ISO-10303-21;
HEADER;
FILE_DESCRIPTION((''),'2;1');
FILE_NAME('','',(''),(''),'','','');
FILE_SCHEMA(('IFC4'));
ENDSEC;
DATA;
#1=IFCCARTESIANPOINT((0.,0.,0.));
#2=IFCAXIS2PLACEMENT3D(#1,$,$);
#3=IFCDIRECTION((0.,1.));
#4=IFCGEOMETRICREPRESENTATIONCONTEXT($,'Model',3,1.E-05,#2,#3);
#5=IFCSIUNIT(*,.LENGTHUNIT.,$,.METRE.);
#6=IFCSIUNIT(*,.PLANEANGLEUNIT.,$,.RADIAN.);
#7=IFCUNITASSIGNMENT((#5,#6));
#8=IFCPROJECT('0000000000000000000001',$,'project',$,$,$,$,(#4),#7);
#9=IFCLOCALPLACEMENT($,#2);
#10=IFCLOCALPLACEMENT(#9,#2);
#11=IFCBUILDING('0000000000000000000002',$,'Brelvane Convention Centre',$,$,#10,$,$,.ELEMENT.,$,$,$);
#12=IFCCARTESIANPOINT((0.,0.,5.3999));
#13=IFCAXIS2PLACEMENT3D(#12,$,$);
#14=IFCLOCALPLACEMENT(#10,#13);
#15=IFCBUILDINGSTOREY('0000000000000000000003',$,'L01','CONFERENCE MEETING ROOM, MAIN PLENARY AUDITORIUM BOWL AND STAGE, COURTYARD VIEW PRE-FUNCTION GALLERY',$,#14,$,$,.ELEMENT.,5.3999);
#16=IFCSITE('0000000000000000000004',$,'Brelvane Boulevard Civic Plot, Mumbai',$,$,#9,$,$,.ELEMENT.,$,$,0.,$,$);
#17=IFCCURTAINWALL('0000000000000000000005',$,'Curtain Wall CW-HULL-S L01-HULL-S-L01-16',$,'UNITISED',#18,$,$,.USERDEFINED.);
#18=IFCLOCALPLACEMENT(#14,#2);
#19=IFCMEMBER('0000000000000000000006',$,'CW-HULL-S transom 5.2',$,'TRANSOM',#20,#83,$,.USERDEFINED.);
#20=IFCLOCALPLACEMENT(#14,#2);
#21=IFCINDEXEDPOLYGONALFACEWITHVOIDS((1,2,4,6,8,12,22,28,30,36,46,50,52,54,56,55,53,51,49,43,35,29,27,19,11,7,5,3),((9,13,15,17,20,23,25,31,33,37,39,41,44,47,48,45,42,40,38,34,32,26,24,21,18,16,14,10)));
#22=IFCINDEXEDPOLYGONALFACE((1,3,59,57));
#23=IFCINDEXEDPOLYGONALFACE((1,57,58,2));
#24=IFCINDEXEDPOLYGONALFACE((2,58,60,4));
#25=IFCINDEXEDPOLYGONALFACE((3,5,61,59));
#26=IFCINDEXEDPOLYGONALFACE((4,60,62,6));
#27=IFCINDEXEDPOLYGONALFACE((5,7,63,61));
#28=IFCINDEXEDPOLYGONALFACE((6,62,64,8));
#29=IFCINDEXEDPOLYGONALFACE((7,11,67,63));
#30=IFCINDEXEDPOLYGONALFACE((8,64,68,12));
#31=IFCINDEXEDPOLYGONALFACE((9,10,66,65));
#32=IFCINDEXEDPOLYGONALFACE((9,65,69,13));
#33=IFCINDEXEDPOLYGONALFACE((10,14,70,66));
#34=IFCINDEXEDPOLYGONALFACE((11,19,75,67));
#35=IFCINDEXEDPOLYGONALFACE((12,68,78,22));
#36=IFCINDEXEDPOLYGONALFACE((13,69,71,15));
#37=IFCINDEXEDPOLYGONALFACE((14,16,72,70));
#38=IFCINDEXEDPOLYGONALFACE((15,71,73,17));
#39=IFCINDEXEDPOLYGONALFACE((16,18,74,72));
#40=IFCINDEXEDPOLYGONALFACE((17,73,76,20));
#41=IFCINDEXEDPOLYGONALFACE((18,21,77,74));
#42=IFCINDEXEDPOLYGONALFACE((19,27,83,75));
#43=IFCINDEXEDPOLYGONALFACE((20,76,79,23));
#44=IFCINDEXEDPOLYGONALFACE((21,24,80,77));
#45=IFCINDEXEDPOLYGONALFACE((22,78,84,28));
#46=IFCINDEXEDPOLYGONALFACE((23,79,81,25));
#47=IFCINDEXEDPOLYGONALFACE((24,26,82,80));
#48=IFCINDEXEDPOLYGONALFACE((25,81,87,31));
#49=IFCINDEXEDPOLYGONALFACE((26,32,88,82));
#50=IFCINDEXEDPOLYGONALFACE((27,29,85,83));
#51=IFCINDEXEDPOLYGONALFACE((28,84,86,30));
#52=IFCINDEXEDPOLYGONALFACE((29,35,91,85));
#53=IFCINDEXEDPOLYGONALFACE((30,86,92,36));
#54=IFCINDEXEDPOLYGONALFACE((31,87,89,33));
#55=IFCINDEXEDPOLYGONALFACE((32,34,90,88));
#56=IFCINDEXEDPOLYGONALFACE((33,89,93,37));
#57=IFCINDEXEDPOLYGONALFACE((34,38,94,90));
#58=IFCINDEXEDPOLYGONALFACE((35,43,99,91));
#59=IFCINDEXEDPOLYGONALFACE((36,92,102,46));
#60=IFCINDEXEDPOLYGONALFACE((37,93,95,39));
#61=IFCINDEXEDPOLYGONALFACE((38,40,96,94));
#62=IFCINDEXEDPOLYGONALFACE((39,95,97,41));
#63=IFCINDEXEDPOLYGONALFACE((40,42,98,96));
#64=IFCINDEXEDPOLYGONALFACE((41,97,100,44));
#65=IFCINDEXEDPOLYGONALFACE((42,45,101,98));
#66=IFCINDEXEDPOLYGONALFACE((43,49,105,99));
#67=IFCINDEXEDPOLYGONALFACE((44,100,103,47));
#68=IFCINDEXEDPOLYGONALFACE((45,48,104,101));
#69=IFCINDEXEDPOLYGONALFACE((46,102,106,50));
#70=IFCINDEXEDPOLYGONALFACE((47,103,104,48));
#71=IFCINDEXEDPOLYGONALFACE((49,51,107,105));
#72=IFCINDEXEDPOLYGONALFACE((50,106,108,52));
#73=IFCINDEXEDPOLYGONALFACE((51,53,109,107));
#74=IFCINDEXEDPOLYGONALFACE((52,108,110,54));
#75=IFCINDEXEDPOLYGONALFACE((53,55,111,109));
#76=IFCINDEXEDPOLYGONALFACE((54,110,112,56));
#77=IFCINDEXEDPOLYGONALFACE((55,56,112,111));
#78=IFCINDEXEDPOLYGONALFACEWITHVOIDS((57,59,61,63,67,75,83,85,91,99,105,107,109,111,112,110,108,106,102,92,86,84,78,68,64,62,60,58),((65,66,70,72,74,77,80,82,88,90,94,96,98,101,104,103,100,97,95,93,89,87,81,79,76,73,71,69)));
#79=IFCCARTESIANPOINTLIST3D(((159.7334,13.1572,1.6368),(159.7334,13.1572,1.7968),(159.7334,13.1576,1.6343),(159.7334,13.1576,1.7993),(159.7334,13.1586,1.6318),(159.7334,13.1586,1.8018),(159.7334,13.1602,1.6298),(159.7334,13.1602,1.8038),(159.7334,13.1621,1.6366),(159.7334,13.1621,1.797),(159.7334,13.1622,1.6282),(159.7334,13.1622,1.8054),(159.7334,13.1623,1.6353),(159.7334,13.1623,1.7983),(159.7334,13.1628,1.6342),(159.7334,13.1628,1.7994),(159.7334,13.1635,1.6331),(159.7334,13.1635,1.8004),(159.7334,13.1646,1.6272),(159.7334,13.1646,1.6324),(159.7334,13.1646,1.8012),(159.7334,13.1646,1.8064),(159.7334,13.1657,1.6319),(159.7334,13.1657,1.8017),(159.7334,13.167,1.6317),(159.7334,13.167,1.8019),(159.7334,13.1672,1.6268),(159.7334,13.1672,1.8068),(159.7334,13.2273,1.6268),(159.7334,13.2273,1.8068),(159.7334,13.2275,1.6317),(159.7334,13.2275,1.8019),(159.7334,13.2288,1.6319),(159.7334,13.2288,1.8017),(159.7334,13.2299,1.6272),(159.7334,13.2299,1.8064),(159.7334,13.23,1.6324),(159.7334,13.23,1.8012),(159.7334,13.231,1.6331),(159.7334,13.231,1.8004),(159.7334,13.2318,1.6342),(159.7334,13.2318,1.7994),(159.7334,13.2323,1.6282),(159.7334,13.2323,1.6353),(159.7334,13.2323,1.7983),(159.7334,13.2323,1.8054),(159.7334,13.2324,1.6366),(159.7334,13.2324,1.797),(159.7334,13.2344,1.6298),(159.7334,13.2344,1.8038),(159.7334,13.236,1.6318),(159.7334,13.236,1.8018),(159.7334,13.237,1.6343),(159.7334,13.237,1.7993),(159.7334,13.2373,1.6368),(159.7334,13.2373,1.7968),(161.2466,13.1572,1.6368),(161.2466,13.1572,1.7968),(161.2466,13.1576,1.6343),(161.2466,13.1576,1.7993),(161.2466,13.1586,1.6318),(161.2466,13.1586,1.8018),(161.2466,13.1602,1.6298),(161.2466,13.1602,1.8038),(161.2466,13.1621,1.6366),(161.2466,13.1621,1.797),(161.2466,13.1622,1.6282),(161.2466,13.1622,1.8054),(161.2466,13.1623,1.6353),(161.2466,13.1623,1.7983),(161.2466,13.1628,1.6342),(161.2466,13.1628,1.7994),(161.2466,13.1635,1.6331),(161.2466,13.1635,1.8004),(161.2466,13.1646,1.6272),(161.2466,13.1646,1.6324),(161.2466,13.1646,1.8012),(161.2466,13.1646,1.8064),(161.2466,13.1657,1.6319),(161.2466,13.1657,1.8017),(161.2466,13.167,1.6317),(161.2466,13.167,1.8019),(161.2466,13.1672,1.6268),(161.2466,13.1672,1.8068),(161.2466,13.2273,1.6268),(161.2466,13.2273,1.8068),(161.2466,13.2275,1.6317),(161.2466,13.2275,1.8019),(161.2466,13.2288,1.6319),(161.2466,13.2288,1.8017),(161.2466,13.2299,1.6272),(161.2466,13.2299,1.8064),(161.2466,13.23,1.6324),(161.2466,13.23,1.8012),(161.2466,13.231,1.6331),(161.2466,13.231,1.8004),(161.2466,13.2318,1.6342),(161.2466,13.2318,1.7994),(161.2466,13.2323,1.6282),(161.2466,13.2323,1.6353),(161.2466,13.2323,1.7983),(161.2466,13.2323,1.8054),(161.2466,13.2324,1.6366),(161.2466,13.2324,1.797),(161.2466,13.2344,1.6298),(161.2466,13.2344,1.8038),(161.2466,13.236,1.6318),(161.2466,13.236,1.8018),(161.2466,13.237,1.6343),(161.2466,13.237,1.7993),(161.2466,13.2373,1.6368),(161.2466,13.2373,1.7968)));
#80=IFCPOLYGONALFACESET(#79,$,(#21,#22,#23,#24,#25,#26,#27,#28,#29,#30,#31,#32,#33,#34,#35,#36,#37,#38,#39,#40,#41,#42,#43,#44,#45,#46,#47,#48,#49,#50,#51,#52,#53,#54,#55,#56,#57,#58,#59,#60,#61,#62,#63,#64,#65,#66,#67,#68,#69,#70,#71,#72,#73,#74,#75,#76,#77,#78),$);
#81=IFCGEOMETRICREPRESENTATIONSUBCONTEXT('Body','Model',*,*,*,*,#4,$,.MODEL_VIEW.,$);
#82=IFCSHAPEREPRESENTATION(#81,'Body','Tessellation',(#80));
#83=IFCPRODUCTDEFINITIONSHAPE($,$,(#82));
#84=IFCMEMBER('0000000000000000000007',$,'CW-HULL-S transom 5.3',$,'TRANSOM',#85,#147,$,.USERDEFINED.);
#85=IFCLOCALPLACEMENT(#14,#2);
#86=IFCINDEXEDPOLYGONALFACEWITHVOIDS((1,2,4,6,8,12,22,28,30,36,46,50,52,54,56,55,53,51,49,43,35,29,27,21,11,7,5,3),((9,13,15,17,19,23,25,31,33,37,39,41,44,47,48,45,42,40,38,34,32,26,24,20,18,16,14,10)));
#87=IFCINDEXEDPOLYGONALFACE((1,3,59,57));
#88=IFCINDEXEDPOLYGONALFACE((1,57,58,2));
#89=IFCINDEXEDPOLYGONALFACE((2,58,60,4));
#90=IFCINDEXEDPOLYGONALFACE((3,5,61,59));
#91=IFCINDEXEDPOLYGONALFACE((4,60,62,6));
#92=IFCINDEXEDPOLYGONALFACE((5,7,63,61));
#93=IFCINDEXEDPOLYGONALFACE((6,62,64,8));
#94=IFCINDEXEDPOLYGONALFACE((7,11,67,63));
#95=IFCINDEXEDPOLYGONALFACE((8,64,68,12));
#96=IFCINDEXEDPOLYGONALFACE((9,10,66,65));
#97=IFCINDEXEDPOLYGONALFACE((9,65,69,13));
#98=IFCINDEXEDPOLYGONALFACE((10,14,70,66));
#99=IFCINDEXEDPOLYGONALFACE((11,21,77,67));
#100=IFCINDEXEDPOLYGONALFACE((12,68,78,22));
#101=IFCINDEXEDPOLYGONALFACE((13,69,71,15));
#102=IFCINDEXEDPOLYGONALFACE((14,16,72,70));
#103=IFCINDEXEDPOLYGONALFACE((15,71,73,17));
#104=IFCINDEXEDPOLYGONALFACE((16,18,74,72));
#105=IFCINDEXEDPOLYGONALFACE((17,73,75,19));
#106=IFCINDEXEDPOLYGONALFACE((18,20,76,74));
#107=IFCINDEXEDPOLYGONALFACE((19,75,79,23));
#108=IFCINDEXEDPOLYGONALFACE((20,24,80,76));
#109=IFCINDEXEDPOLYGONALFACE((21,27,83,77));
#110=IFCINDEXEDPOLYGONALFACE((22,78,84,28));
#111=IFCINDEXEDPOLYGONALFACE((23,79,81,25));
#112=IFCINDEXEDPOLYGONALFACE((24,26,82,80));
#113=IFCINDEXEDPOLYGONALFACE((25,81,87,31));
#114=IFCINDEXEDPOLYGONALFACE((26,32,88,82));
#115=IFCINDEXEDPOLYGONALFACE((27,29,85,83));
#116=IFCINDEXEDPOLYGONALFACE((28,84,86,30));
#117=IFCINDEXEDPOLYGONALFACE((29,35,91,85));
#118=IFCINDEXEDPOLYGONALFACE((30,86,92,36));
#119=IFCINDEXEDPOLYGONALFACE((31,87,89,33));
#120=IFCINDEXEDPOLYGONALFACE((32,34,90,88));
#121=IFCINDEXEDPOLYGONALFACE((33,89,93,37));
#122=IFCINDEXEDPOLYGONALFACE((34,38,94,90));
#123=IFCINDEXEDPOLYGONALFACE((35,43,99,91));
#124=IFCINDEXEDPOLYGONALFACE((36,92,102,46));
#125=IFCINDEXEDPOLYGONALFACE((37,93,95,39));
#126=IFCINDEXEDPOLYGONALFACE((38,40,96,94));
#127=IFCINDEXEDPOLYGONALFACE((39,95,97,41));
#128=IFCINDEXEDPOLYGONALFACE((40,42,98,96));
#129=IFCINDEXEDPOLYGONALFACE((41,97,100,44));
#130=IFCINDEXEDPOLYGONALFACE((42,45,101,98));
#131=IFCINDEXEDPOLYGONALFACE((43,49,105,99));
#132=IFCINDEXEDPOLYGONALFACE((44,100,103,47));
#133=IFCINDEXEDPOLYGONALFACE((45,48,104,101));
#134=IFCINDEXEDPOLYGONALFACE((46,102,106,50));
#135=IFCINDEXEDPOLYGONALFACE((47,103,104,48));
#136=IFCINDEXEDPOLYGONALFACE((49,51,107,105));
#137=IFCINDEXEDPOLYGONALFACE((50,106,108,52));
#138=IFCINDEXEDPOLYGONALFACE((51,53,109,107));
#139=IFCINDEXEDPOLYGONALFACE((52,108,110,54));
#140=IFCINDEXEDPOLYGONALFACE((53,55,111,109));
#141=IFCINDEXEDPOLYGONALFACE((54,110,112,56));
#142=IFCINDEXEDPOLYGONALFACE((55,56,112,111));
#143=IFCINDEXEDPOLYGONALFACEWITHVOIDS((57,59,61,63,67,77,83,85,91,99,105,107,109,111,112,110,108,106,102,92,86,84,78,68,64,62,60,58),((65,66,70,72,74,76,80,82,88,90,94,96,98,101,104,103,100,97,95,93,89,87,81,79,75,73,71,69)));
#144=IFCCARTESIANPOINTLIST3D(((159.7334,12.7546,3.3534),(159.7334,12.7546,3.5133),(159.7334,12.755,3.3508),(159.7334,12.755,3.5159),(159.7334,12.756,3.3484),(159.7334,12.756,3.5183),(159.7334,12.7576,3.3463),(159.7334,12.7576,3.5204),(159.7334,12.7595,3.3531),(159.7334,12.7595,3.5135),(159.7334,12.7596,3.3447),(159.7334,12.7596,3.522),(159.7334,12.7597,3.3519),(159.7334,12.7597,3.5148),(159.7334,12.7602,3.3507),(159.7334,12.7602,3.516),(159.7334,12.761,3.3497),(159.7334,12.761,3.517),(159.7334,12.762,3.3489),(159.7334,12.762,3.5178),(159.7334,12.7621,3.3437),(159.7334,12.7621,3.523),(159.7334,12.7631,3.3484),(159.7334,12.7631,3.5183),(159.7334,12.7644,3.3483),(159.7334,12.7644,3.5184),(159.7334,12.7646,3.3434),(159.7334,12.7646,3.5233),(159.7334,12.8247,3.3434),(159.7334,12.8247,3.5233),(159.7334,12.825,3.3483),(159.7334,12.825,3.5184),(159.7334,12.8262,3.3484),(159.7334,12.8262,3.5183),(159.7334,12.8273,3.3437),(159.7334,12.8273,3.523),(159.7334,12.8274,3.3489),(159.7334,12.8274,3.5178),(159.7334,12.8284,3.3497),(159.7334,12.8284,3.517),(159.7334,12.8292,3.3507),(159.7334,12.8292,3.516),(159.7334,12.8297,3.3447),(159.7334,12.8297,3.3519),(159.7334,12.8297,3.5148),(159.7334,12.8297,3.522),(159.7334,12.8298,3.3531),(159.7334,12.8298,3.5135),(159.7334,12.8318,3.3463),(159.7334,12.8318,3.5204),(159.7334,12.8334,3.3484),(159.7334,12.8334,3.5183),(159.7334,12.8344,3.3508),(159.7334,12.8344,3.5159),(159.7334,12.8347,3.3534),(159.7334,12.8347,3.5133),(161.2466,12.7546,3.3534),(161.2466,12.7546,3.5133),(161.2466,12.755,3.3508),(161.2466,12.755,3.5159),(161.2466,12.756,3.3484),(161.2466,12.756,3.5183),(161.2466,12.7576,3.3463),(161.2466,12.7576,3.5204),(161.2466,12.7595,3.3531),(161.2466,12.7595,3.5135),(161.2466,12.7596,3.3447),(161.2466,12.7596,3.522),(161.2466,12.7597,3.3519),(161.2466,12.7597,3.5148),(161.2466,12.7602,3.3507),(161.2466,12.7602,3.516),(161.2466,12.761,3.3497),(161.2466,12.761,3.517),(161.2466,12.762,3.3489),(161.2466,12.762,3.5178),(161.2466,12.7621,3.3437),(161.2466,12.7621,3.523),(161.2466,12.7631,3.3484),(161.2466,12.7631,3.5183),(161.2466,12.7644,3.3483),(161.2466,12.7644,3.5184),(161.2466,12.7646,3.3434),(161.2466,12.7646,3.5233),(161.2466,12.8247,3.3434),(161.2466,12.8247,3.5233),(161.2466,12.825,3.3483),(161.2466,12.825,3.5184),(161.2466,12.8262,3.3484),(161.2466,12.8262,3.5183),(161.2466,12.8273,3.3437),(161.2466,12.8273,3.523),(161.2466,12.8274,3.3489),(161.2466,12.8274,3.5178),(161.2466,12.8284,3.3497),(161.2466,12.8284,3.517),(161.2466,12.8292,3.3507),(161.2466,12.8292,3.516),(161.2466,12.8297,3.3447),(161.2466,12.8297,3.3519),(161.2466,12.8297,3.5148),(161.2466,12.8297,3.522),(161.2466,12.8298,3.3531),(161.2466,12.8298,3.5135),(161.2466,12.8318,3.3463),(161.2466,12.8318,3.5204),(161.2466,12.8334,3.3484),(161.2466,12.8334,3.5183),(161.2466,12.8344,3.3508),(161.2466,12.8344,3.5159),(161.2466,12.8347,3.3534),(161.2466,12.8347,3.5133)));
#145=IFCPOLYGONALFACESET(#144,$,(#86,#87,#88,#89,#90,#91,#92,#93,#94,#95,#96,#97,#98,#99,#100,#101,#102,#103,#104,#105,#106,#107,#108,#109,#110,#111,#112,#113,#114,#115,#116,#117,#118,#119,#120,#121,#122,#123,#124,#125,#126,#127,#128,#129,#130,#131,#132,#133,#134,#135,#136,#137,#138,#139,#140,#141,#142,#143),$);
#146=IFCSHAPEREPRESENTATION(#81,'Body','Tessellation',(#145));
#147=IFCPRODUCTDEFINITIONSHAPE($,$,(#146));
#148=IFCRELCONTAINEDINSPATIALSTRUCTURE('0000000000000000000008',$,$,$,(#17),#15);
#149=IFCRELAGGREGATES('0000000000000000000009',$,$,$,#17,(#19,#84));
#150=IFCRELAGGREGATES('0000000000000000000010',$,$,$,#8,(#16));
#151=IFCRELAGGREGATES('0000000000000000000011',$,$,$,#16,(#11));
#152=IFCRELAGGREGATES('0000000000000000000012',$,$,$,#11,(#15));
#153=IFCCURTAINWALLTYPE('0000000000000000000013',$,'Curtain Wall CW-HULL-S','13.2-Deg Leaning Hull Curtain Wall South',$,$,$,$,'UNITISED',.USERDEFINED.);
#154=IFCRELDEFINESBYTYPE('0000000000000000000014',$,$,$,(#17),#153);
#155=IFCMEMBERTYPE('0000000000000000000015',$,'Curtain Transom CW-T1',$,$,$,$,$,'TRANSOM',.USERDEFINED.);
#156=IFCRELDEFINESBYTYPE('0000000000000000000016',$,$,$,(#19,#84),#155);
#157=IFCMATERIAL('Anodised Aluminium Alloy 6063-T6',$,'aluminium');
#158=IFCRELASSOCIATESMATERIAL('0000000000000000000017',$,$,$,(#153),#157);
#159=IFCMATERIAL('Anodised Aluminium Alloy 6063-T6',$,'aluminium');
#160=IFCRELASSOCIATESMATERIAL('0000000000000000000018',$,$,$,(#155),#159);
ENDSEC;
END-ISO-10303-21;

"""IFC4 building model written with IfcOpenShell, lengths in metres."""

from ifc_helpers import new_model, si_unit, direction, frame, origin, origin_2d, place, context, subcontext, project, spatial, hollow_rectangle, extrude, material, material_profile, profile_set, type_object, element, aggregate, save


model = new_model("IFC4")

# Units and contexts
model_context = context("Model", 3, precision=1e-05, world=origin(), true_north=direction((0.0, 1.0)))
body_context = subcontext(model_context, "Body", "Model", "MODEL_VIEW")
ifc_project = project(units=[si_unit("LENGTHUNIT", "METRE"), si_unit("PLANEANGLEUNIT", "RADIAN")], contexts=[model_context])

# Site, building, storey
site_placement = place(None, origin())
site = spatial("IfcSite", under=ifc_project, at=site_placement, Name="Brelvane Boulevard Civic Plot, Mumbai", CompositionType="ELEMENT", RefElevation=0.0)
building_placement = place(site_placement, origin())
building = spatial("IfcBuilding", under=site, at=building_placement, Name="Brelvane Convention Centre", CompositionType="ELEMENT")
storey_placement = place(building_placement, frame((0.0, 0.0, 5.3999)))
storey = spatial("IfcBuildingStorey", under=building, at=storey_placement, Name="L01", Description="CONFERENCE MEETING ROOM, MAIN PLENARY AUDITORIUM BOWL AND STAGE, COURTYARD VIEW PRE-FUNCTION GALLERY", CompositionType="ELEMENT", Elevation=5.3999)

# Shared definitions
ifc_material_1 = material(Name="Anodised Aluminium Alloy 6063-T6", Category="aluminium")
curtain_wall_type = type_object("IfcCurtainWallType", Name="Curtain Wall CW-HULL-S", Description="13.2-Deg Leaning Hull Curtain Wall South", ElementType="UNITISED", PredefinedType="USERDEFINED", material=ifc_material_1)
ifc_material_2 = material(Name="Anodised Aluminium Alloy 6063-T6", Category="aluminium")
ifc_material_profile = material_profile(ifc_material_2, hollow_rectangle(XDim=0.0801, YDim=0.1799, WallThickness=0.0049, InnerFilletRadius=0.0049, OuterFilletRadius=0.01, at=origin_2d()), Name="ALU-T 180x80x5.0")
ifc_profile_set = profile_set([ifc_material_profile], Name="Anodised Aluminium Alloy 6063-T6")
member_type = type_object("IfcMemberType", Name="Curtain Transom CW-T1", ElementType="TRANSOM", PredefinedType="USERDEFINED", material=ifc_profile_set)

# Curtain wall, members
curtain_wall_1_placement = place(storey_placement, origin())
curtain_wall_1 = element("IfcCurtainWall", 1, at=curtain_wall_1_placement, inside=storey, type_object=curtain_wall_type, Name="Curtain Wall CW-HULL-S L01-HULL-S-L01-16", ObjectType="UNITISED", PredefinedType="USERDEFINED")
member_1_placement = place(storey_placement, frame((159.7334, 13.1973, 1.7168), z_axis=(1.0, 0.0, 0.0), x_axis=(0.0, 1.0, 0.0)))
member_1 = element("IfcMember", 2, at=member_1_placement, type_object=member_type, Name="CW-HULL-S transom 5.2", ObjectType="TRANSOM", PredefinedType="USERDEFINED", context=body_context, shape_type="SweptSolid", body=[
    extrude(hollow_rectangle(XDim=0.0801, YDim=0.1799, WallThickness=0.0049, InnerFilletRadius=0.0049, OuterFilletRadius=0.01, at=origin_2d()), origin(), (0.0, 0.0, 1.0), 1.5132),
])
member_2_placement = place(storey_placement, frame((159.7334, 12.7947, 3.4333), z_axis=(1.0, 0.0, 0.0), x_axis=(0.0, 1.0, 0.0)))
member_2 = element("IfcMember", 3, at=member_2_placement, type_object=member_type, Name="CW-HULL-S transom 5.3", ObjectType="TRANSOM", PredefinedType="USERDEFINED", context=body_context, shape_type="SweptSolid", body=[
    extrude(hollow_rectangle(XDim=0.0801, YDim=0.1799, WallThickness=0.0049, InnerFilletRadius=0.0049, OuterFilletRadius=0.01, at=origin_2d()), origin(), (0.0, 0.0, 1.0), 1.5132),
])

aggregate(curtain_wall_1, [member_1, member_2])

save(model, "model.ifc")
